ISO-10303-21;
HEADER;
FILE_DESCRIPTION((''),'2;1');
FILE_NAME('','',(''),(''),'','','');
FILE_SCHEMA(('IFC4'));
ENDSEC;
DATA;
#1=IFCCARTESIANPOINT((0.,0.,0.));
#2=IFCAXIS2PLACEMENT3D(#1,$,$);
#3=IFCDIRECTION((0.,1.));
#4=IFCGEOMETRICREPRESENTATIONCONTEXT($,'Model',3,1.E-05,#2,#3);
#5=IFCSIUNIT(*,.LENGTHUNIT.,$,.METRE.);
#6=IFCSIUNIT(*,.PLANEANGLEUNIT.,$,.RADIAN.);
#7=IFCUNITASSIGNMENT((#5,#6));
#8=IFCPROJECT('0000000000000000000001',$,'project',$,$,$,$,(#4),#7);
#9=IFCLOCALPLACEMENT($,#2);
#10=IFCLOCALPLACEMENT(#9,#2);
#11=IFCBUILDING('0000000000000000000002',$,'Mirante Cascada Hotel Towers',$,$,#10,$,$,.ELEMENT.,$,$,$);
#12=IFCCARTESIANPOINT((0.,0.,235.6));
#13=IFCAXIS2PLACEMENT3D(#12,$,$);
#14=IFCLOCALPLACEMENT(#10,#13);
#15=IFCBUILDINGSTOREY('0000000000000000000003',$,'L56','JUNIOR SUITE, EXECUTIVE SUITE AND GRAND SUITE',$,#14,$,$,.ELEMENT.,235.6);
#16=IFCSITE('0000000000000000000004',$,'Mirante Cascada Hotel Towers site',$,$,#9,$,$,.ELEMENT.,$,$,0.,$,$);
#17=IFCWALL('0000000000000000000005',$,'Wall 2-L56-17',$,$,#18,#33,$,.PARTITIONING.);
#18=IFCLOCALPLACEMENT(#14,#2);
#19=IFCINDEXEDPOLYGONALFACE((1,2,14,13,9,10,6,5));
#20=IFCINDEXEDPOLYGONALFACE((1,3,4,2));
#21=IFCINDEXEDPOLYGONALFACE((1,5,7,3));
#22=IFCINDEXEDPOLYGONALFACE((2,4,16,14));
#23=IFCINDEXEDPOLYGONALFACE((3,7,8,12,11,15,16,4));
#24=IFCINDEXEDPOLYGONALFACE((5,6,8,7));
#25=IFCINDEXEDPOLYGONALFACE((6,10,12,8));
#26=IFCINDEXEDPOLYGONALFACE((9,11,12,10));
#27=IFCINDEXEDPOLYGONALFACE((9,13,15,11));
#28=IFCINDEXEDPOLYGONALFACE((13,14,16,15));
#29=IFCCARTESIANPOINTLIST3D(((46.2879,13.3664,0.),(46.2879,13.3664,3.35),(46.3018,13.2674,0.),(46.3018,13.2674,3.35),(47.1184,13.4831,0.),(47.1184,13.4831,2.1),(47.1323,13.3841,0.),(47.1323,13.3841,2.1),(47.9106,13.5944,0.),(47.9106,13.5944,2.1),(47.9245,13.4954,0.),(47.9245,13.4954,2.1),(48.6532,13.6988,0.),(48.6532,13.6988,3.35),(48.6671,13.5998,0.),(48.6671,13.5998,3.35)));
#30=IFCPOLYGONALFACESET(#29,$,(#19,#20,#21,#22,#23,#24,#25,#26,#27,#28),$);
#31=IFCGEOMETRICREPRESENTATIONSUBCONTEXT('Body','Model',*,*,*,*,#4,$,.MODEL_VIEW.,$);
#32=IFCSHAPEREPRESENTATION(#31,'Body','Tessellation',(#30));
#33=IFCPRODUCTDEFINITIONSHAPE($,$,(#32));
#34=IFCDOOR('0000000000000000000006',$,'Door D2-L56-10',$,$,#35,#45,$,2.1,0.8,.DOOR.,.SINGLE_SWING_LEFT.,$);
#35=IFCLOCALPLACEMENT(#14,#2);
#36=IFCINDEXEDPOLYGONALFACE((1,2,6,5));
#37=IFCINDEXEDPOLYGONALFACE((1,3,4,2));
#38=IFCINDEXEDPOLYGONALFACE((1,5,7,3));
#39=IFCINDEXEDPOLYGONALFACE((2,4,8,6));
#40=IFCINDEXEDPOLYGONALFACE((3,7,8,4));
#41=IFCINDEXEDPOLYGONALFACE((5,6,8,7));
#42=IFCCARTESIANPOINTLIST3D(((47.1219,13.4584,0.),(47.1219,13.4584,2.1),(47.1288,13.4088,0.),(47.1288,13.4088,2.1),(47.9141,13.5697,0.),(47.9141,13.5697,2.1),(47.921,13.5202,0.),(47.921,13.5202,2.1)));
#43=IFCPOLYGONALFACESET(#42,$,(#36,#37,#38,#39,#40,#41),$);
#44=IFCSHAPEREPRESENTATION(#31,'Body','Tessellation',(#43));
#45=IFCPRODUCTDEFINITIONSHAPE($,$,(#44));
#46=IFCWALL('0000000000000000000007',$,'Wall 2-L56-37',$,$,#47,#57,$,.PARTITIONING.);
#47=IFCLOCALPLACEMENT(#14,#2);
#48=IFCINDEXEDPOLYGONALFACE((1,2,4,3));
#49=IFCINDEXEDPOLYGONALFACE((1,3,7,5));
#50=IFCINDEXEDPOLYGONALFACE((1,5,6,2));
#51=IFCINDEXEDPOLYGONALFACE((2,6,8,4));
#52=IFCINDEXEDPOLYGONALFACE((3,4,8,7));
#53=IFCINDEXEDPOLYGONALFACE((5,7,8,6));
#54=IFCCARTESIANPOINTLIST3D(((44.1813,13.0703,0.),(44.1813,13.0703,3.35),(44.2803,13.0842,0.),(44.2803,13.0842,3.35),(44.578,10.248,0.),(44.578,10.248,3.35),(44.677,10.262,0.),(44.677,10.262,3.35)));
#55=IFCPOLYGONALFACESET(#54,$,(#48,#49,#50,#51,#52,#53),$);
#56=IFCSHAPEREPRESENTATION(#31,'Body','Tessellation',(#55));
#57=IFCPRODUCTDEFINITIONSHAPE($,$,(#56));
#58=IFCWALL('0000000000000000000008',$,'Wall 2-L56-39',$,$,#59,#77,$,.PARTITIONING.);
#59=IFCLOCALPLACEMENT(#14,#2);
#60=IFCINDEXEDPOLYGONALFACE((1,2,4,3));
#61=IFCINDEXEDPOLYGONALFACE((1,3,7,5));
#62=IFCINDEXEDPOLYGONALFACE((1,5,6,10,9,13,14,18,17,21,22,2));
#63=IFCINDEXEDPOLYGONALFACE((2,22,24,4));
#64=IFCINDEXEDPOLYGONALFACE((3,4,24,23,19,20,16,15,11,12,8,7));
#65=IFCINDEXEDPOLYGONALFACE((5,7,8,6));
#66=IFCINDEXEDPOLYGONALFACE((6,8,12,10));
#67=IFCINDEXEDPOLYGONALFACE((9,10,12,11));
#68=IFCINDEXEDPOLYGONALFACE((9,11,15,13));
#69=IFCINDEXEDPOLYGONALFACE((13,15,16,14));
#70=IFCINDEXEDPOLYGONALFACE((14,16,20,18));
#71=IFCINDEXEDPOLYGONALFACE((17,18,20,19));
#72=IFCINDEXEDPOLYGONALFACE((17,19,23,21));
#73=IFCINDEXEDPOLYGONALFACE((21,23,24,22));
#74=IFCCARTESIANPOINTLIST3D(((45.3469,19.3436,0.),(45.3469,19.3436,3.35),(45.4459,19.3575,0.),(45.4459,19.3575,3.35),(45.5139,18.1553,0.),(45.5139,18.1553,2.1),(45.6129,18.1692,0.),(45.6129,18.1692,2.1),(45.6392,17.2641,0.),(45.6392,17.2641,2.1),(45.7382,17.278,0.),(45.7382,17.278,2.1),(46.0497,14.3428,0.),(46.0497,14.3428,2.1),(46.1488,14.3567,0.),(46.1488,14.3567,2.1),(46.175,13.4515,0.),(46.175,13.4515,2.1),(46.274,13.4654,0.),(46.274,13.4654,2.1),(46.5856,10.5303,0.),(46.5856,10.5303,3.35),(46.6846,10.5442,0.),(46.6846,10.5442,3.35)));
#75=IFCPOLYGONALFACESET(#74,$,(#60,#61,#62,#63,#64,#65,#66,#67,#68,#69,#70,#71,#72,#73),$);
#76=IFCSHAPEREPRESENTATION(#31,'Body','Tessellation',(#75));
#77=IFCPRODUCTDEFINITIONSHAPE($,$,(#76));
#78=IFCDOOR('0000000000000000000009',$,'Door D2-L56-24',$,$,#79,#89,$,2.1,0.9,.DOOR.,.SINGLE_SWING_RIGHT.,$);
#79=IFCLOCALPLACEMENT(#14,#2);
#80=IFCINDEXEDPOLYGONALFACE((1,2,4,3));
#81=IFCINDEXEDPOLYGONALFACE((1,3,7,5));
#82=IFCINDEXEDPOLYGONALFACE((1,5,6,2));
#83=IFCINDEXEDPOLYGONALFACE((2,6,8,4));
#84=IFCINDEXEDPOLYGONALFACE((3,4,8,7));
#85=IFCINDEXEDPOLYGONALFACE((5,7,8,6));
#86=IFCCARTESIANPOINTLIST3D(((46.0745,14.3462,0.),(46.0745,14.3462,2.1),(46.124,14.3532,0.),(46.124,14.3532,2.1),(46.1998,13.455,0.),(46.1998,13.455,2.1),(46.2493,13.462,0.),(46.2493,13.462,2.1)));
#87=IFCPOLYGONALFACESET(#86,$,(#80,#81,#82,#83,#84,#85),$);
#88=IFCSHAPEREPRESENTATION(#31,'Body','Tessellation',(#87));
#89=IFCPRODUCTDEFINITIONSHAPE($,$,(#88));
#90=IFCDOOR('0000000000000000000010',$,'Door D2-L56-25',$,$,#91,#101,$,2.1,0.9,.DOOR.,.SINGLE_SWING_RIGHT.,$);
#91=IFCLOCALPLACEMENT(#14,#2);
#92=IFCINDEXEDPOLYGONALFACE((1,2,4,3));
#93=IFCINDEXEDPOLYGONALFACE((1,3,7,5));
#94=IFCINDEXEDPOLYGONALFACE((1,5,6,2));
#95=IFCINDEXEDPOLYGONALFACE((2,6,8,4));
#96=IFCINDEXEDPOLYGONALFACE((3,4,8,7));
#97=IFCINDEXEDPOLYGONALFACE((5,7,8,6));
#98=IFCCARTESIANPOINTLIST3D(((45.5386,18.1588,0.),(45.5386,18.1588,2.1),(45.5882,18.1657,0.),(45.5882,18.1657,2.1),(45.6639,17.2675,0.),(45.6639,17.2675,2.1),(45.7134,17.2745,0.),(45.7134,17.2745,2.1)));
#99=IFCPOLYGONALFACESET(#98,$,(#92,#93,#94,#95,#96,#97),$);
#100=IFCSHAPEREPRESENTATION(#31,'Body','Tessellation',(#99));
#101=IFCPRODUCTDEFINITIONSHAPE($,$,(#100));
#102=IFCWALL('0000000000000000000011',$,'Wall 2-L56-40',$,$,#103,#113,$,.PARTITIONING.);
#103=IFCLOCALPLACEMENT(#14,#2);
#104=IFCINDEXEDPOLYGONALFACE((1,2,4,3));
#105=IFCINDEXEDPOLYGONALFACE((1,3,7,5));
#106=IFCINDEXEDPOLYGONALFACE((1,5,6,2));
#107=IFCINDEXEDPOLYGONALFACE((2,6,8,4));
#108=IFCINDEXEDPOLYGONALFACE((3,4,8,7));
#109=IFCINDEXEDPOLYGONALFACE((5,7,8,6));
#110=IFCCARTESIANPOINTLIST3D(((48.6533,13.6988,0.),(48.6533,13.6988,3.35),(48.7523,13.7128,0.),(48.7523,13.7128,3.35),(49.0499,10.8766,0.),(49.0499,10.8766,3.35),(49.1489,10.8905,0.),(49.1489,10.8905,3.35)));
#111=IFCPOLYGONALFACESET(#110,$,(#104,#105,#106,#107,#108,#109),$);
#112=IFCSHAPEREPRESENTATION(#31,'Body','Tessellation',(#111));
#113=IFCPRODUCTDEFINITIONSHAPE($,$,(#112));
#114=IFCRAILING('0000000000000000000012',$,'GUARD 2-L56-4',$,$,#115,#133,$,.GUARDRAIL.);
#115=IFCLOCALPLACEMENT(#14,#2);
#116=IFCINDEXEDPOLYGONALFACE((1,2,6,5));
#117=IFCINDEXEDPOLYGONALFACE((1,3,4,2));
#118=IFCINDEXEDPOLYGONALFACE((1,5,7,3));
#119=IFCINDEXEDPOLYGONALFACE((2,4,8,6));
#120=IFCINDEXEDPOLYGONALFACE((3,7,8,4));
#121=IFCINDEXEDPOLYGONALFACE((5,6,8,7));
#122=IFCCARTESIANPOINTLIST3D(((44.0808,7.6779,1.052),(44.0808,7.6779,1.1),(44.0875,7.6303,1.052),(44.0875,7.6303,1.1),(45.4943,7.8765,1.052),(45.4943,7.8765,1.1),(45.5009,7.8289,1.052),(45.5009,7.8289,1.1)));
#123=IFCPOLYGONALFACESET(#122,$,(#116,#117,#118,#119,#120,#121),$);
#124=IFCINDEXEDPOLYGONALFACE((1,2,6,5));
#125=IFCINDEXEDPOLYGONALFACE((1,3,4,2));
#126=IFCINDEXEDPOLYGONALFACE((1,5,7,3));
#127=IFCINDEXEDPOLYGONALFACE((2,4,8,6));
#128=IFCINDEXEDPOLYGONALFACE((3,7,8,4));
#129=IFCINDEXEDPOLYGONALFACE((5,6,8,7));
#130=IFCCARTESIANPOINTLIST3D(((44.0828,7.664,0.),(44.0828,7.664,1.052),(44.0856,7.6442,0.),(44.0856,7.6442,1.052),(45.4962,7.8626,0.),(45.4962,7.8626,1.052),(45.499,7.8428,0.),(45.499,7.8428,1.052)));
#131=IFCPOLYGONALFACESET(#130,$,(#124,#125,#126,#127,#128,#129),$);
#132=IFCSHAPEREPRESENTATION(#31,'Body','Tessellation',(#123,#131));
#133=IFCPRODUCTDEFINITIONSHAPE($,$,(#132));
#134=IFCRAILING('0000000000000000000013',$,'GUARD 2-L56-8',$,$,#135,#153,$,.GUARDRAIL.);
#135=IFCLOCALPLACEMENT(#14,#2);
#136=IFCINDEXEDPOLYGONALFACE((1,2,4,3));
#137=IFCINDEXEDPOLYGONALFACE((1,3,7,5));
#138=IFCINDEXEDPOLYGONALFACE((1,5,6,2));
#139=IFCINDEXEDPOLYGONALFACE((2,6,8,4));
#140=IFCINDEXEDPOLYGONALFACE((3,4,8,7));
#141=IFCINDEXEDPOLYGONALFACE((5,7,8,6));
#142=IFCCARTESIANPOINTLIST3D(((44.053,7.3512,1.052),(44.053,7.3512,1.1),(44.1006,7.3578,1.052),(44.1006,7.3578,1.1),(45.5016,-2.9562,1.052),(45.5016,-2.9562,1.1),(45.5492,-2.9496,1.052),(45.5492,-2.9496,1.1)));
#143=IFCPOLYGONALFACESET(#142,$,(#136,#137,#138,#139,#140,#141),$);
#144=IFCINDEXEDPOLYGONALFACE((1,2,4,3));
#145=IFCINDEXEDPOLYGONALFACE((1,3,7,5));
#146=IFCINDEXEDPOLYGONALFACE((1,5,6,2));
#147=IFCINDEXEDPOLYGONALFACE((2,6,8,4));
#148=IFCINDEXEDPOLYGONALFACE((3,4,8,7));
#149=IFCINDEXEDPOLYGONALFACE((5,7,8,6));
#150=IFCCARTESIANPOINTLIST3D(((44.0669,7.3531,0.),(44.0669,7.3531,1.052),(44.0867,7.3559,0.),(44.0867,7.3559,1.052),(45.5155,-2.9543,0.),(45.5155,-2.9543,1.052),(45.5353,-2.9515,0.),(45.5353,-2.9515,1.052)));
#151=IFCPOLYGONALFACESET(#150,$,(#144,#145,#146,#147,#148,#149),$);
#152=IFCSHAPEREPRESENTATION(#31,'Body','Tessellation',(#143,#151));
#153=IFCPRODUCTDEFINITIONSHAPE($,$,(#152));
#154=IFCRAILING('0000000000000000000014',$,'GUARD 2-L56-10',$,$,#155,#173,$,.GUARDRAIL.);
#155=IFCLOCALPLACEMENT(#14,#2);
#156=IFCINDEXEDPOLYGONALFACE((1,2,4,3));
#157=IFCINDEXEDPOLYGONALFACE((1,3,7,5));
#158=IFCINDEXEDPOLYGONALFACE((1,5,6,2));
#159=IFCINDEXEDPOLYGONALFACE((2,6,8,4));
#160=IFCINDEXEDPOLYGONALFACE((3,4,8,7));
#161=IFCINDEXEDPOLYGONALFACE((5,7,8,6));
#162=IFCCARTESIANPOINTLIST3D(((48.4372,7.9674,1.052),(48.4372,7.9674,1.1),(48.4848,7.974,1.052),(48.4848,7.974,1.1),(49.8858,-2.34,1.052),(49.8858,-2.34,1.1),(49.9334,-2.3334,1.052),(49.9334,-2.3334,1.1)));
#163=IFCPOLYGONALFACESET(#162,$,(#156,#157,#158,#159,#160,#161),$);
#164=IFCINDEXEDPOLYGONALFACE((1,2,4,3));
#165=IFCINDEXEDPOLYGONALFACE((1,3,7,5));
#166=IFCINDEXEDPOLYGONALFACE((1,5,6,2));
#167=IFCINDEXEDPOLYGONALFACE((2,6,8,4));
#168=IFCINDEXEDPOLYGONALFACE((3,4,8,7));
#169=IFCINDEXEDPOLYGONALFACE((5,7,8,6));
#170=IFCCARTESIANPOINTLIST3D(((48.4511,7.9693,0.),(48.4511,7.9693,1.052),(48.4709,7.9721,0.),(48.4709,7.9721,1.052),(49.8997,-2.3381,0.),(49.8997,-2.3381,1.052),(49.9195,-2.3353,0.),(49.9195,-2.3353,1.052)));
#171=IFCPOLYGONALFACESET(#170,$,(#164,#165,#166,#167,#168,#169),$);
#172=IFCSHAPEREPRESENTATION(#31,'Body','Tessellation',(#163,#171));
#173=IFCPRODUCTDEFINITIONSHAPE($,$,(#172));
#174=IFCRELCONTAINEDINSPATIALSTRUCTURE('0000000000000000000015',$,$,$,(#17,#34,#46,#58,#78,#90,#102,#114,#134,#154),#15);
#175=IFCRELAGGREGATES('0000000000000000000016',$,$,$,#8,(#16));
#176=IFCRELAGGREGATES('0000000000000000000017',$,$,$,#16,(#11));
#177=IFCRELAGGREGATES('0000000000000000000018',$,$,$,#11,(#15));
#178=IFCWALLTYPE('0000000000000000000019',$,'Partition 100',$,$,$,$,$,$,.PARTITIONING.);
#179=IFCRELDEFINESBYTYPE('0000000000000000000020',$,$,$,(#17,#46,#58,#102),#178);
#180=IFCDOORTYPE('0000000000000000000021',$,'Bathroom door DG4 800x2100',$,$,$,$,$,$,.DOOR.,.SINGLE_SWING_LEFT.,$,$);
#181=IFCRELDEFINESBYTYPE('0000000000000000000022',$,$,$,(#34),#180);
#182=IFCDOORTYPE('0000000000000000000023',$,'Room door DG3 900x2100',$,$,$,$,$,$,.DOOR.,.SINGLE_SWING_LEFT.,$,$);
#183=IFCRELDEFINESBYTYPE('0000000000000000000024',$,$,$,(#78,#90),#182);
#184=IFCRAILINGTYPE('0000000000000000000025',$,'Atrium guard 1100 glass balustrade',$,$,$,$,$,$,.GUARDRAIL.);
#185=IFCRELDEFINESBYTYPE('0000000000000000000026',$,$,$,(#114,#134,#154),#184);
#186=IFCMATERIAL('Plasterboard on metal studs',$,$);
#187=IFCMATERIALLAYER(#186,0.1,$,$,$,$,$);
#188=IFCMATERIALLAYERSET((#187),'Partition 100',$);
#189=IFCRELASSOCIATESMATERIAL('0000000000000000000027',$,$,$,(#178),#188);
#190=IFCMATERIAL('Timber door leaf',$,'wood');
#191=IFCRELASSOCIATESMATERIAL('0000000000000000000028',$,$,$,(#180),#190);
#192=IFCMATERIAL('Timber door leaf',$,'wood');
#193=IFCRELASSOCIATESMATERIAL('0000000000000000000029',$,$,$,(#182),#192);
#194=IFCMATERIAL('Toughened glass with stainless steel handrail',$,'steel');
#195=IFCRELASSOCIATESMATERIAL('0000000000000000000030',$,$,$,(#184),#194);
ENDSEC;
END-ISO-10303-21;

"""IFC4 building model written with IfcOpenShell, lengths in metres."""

from ifc_helpers import new_model, si_unit, direction, frame, frame_2d, origin, origin_2d, place, context, subcontext, project, spatial, rectangle, extrude, material, layer, layer_set, type_object, element, fill, save


model = new_model("IFC4")

# Units and contexts
model_context = context("Model", 3, precision=1e-05, world=origin(), true_north=direction((0.0, 1.0)))
body_context = subcontext(model_context, "Body", "Model", "MODEL_VIEW")
ifc_project = project(units=[si_unit("LENGTHUNIT", "METRE"), si_unit("PLANEANGLEUNIT", "RADIAN")], contexts=[model_context])

# Site, building, storey
site_placement = place(None, origin())
site = spatial("IfcSite", under=ifc_project, at=site_placement, Name="Mirante Cascada Hotel Towers site", CompositionType="ELEMENT", RefElevation=0.0)
building_placement = place(site_placement, origin())
building = spatial("IfcBuilding", under=site, at=building_placement, Name="Mirante Cascada Hotel Towers", CompositionType="ELEMENT")
storey_placement = place(building_placement, frame((0.0, 0.0, 235.6)))
storey = spatial("IfcBuildingStorey", under=building, at=storey_placement, Name="L56", Description="JUNIOR SUITE, EXECUTIVE SUITE AND GRAND SUITE", CompositionType="ELEMENT", Elevation=235.6)

# Wall, opening, door
ifc_material_1 = material(Name="Plasterboard on metal studs")
ifc_layer_1 = layer(ifc_material_1, 0.1)
ifc_layer_set_1 = layer_set([ifc_layer_1], Name="Partition 100")
wall_type_1 = type_object("IfcWallType", Name="Partition 100", PredefinedType="PARTITIONING", material=ifc_layer_set_1)
ifc_material_2 = material(Name="Timber door leaf", Category="wood")
door_type_1 = type_object("IfcDoorType", Name="Bathroom door DG4 800x2100", OperationType="SINGLE_SWING_LEFT", PredefinedType="DOOR", material=ifc_material_2)
wall_1_placement = place(storey_placement, frame((46.2949, 13.3169, 0.0), z_axis=(0.0, 0.0, 1.0), x_axis=(0.990269, 0.139164, 0.0)))
wall_1 = element("IfcWall", 1, at=wall_1_placement, inside=storey, type_object=wall_type_1, Name="Wall 2-L56-17", PredefinedType="PARTITIONING", context=body_context, shape_type="SweptSolid", body=[
    extrude(rectangle(XDim=2.3885, YDim=0.1, at=frame_2d((1.1942, 0.0))), origin(), (0.0, 0.0, 1.0), 3.35),
])
opening_1_placement = place(wall_1_placement, frame((0.8386, 0.0, 0.0)))
opening_1 = element("IfcOpeningElement", 2, at=opening_1_placement, cuts=wall_1, PredefinedType="OPENING", context=body_context, shape_type="SweptSolid", body=[
    extrude(rectangle(XDim=0.8, YDim=2.1, at=frame_2d((0.4, 1.05))), frame((0.0, 0.05, 0.0), z_axis=(0.0, -1.0, 0.0), x_axis=(1.0, 0.0, 0.0)), (0.0, 0.0, 1.0), 0.1),
])
door_1_placement = place(opening_1_placement, origin())
door_1 = element("IfcDoor", 3, at=door_1_placement, inside=storey, type_object=door_type_1, Name="Door D2-L56-10", OperationType="SINGLE_SWING_LEFT", OverallHeight=2.1, OverallWidth=0.8, PredefinedType="DOOR", context=body_context, shape_type="SweptSolid", body=[
    extrude(rectangle(XDim=0.8, YDim=2.1, at=frame_2d((0.4, 1.05))), frame((0.0, 0.025, 0.0), z_axis=(0.0, -1.0, 0.0), x_axis=(1.0, 0.0, 0.0)), (0.0, 0.0, 1.0), 0.05),
])
fill(opening_1, door_1)

# Wall
wall_2_placement = place(storey_placement, frame((44.6275, 10.255, 0.0), z_axis=(0.0, 0.0, 1.0), x_axis=(-0.139191, 0.990266, 0.0)))
element("IfcWall", 4, at=wall_2_placement, inside=storey, type_object=wall_type_1, Name="Wall 2-L56-37", PredefinedType="PARTITIONING", context=body_context, shape_type="SweptSolid", body=[
    extrude(rectangle(XDim=2.85, YDim=0.1, at=frame_2d((1.425, 0.0))), origin(), (0.0, 0.0, 1.0), 3.35),
])

# Wall, openings, doors
wall_3_placement = place(storey_placement, frame((46.6351, 10.5372, 0.0), z_axis=(0.0, 0.0, 1.0), x_axis=(-0.139181, 0.990267, 0.0)))
wall_3 = element("IfcWall", 5, at=wall_3_placement, inside=storey, type_object=wall_type_1, Name="Wall 2-L56-39", PredefinedType="PARTITIONING", context=body_context, shape_type="SweptSolid", body=[
    extrude(rectangle(XDim=8.8999, YDim=0.1, at=frame_2d((4.45, 0.0))), origin(), (0.0, 0.0, 1.0), 3.35),
])
opening_2_placement = place(wall_3_placement, frame((2.95, 0.0, 0.0)))
opening_2 = element("IfcOpeningElement", 6, at=opening_2_placement, cuts=wall_3, PredefinedType="OPENING", context=body_context, shape_type="SweptSolid", body=[
    extrude(rectangle(XDim=0.9, YDim=2.1, at=frame_2d((0.45, 1.05))), frame((0.0, 0.05, 0.0), z_axis=(0.0, -1.0, 0.0), x_axis=(1.0, 0.0, 0.0)), (0.0, 0.0, 1.0), 0.1),
])
opening_3_placement = place(wall_3_placement, frame((6.8, 0.0, 0.0)))
opening_3 = element("IfcOpeningElement", 7, at=opening_3_placement, cuts=wall_3, PredefinedType="OPENING", context=body_context, shape_type="SweptSolid", body=[
    extrude(rectangle(XDim=0.9, YDim=2.1, at=frame_2d((0.45, 1.05))), frame((0.0, 0.05, 0.0), z_axis=(0.0, -1.0, 0.0), x_axis=(1.0, 0.0, 0.0)), (0.0, 0.0, 1.0), 0.1),
])
ifc_material_3 = material(Name="Timber door leaf", Category="wood")
door_type_2 = type_object("IfcDoorType", Name="Room door DG3 900x2100", OperationType="SINGLE_SWING_LEFT", PredefinedType="DOOR", material=ifc_material_3)
door_2_placement = place(opening_2_placement, frame((0.9, 0.0, 0.0), z_axis=(0.0, 0.0, 1.0), x_axis=(-1.0, 0.0, 0.0)))
door_2 = element("IfcDoor", 8, at=door_2_placement, inside=storey, type_object=door_type_2, Name="Door D2-L56-24", OperationType="SINGLE_SWING_RIGHT", OverallHeight=2.1, OverallWidth=0.9, PredefinedType="DOOR", context=body_context, shape_type="SweptSolid", body=[
    extrude(rectangle(XDim=0.9, YDim=2.1, at=frame_2d((0.45, 1.05))), frame((0.0, 0.025, 0.0), z_axis=(0.0, -1.0, 0.0), x_axis=(1.0, 0.0, 0.0)), (0.0, 0.0, 1.0), 0.05),
])
fill(opening_2, door_2)
door_3_placement = place(opening_3_placement, frame((0.9, 0.0, 0.0), z_axis=(0.0, 0.0, 1.0), x_axis=(-1.0, 0.0, 0.0)))
door_3 = element("IfcDoor", 9, at=door_3_placement, inside=storey, type_object=door_type_2, Name="Door D2-L56-25", OperationType="SINGLE_SWING_RIGHT", OverallHeight=2.1, OverallWidth=0.9, PredefinedType="DOOR", context=body_context, shape_type="SweptSolid", body=[
    extrude(rectangle(XDim=0.9, YDim=2.1, at=frame_2d((0.45, 1.05))), frame((0.0, 0.025, 0.0), z_axis=(0.0, -1.0, 0.0), x_axis=(1.0, 0.0, 0.0)), (0.0, 0.0, 1.0), 0.05),
])
fill(opening_3, door_3)

# Wall
wall_4_placement = place(storey_placement, frame((48.7028, 13.7058, 0.0), z_axis=(0.0, 0.0, 1.0), x_axis=(0.139156, -0.99027, 0.0)))
element("IfcWall", 10, at=wall_4_placement, inside=storey, type_object=wall_type_1, Name="Wall 2-L56-40", PredefinedType="PARTITIONING", context=body_context, shape_type="SweptSolid", body=[
    extrude(rectangle(XDim=2.85, YDim=0.1, at=frame_2d((1.425, 0.0))), origin(), (0.0, 0.0, 1.0), 3.35),
])

# Railings
ifc_material_4 = material(Name="Toughened glass with stainless steel handrail", Category="steel")
railing_type = type_object("IfcRailingType", Name="Atrium guard 1100 glass balustrade", PredefinedType="GUARDRAIL", material=ifc_material_4)
railing_placement = place(storey_placement, frame((45.4976, 7.8527, 0.0)))
element("IfcRailing", 11, at=railing_placement, inside=storey, type_object=railing_type, Name="GUARD 2-L56-4", PredefinedType="GUARDRAIL", context=body_context, shape_type="SweptSolid", body=[
    extrude(rectangle(XDim=0.048, YDim=0.048, at=origin_2d()), frame((0.0, 0.0, 1.076), z_axis=(-0.990272, -0.139145, 0.0), x_axis=(0.139145, -0.990272, 0.0)), (0.0, 0.0, 1.0), 1.4273),
    extrude(rectangle(XDim=0.02, YDim=1.052, at=origin_2d()), frame((0.0, 0.0, 0.526), z_axis=(-0.990272, -0.139145, 0.0), x_axis=(0.139145, -0.990272, 0.0)), (0.0, 0.0, 1.0), 1.4273),
])
for number, where, name in (
    (12, (44.0768, 7.3545, 0.0), "GUARD 2-L56-8"),
    (13, (48.461, 7.9707, 0.0), "GUARD 2-L56-10"),
):
    element("IfcRailing", number, at=place(storey_placement, frame(where)), inside=storey, type_object=railing_type, Name=name, PredefinedType="GUARDRAIL", context=body_context, shape_type="SweptSolid", body=[
        extrude(rectangle(XDim=0.048, YDim=0.048, at=origin_2d()), frame((0.0, 0.0, 1.076), z_axis=(0.139172, -0.990268, 0.0), x_axis=(0.990268, 0.139172, 0.0)), (0.0, 0.0, 1.0), 10.4087),
        extrude(rectangle(XDim=0.02, YDim=1.052, at=origin_2d()), frame((0.0, 0.0, 0.526), z_axis=(0.139172, -0.990268, 0.0), x_axis=(0.990268, 0.139172, 0.0)), (0.0, 0.0, 1.0), 10.4087),
    ])

save(model, "model.ifc")
